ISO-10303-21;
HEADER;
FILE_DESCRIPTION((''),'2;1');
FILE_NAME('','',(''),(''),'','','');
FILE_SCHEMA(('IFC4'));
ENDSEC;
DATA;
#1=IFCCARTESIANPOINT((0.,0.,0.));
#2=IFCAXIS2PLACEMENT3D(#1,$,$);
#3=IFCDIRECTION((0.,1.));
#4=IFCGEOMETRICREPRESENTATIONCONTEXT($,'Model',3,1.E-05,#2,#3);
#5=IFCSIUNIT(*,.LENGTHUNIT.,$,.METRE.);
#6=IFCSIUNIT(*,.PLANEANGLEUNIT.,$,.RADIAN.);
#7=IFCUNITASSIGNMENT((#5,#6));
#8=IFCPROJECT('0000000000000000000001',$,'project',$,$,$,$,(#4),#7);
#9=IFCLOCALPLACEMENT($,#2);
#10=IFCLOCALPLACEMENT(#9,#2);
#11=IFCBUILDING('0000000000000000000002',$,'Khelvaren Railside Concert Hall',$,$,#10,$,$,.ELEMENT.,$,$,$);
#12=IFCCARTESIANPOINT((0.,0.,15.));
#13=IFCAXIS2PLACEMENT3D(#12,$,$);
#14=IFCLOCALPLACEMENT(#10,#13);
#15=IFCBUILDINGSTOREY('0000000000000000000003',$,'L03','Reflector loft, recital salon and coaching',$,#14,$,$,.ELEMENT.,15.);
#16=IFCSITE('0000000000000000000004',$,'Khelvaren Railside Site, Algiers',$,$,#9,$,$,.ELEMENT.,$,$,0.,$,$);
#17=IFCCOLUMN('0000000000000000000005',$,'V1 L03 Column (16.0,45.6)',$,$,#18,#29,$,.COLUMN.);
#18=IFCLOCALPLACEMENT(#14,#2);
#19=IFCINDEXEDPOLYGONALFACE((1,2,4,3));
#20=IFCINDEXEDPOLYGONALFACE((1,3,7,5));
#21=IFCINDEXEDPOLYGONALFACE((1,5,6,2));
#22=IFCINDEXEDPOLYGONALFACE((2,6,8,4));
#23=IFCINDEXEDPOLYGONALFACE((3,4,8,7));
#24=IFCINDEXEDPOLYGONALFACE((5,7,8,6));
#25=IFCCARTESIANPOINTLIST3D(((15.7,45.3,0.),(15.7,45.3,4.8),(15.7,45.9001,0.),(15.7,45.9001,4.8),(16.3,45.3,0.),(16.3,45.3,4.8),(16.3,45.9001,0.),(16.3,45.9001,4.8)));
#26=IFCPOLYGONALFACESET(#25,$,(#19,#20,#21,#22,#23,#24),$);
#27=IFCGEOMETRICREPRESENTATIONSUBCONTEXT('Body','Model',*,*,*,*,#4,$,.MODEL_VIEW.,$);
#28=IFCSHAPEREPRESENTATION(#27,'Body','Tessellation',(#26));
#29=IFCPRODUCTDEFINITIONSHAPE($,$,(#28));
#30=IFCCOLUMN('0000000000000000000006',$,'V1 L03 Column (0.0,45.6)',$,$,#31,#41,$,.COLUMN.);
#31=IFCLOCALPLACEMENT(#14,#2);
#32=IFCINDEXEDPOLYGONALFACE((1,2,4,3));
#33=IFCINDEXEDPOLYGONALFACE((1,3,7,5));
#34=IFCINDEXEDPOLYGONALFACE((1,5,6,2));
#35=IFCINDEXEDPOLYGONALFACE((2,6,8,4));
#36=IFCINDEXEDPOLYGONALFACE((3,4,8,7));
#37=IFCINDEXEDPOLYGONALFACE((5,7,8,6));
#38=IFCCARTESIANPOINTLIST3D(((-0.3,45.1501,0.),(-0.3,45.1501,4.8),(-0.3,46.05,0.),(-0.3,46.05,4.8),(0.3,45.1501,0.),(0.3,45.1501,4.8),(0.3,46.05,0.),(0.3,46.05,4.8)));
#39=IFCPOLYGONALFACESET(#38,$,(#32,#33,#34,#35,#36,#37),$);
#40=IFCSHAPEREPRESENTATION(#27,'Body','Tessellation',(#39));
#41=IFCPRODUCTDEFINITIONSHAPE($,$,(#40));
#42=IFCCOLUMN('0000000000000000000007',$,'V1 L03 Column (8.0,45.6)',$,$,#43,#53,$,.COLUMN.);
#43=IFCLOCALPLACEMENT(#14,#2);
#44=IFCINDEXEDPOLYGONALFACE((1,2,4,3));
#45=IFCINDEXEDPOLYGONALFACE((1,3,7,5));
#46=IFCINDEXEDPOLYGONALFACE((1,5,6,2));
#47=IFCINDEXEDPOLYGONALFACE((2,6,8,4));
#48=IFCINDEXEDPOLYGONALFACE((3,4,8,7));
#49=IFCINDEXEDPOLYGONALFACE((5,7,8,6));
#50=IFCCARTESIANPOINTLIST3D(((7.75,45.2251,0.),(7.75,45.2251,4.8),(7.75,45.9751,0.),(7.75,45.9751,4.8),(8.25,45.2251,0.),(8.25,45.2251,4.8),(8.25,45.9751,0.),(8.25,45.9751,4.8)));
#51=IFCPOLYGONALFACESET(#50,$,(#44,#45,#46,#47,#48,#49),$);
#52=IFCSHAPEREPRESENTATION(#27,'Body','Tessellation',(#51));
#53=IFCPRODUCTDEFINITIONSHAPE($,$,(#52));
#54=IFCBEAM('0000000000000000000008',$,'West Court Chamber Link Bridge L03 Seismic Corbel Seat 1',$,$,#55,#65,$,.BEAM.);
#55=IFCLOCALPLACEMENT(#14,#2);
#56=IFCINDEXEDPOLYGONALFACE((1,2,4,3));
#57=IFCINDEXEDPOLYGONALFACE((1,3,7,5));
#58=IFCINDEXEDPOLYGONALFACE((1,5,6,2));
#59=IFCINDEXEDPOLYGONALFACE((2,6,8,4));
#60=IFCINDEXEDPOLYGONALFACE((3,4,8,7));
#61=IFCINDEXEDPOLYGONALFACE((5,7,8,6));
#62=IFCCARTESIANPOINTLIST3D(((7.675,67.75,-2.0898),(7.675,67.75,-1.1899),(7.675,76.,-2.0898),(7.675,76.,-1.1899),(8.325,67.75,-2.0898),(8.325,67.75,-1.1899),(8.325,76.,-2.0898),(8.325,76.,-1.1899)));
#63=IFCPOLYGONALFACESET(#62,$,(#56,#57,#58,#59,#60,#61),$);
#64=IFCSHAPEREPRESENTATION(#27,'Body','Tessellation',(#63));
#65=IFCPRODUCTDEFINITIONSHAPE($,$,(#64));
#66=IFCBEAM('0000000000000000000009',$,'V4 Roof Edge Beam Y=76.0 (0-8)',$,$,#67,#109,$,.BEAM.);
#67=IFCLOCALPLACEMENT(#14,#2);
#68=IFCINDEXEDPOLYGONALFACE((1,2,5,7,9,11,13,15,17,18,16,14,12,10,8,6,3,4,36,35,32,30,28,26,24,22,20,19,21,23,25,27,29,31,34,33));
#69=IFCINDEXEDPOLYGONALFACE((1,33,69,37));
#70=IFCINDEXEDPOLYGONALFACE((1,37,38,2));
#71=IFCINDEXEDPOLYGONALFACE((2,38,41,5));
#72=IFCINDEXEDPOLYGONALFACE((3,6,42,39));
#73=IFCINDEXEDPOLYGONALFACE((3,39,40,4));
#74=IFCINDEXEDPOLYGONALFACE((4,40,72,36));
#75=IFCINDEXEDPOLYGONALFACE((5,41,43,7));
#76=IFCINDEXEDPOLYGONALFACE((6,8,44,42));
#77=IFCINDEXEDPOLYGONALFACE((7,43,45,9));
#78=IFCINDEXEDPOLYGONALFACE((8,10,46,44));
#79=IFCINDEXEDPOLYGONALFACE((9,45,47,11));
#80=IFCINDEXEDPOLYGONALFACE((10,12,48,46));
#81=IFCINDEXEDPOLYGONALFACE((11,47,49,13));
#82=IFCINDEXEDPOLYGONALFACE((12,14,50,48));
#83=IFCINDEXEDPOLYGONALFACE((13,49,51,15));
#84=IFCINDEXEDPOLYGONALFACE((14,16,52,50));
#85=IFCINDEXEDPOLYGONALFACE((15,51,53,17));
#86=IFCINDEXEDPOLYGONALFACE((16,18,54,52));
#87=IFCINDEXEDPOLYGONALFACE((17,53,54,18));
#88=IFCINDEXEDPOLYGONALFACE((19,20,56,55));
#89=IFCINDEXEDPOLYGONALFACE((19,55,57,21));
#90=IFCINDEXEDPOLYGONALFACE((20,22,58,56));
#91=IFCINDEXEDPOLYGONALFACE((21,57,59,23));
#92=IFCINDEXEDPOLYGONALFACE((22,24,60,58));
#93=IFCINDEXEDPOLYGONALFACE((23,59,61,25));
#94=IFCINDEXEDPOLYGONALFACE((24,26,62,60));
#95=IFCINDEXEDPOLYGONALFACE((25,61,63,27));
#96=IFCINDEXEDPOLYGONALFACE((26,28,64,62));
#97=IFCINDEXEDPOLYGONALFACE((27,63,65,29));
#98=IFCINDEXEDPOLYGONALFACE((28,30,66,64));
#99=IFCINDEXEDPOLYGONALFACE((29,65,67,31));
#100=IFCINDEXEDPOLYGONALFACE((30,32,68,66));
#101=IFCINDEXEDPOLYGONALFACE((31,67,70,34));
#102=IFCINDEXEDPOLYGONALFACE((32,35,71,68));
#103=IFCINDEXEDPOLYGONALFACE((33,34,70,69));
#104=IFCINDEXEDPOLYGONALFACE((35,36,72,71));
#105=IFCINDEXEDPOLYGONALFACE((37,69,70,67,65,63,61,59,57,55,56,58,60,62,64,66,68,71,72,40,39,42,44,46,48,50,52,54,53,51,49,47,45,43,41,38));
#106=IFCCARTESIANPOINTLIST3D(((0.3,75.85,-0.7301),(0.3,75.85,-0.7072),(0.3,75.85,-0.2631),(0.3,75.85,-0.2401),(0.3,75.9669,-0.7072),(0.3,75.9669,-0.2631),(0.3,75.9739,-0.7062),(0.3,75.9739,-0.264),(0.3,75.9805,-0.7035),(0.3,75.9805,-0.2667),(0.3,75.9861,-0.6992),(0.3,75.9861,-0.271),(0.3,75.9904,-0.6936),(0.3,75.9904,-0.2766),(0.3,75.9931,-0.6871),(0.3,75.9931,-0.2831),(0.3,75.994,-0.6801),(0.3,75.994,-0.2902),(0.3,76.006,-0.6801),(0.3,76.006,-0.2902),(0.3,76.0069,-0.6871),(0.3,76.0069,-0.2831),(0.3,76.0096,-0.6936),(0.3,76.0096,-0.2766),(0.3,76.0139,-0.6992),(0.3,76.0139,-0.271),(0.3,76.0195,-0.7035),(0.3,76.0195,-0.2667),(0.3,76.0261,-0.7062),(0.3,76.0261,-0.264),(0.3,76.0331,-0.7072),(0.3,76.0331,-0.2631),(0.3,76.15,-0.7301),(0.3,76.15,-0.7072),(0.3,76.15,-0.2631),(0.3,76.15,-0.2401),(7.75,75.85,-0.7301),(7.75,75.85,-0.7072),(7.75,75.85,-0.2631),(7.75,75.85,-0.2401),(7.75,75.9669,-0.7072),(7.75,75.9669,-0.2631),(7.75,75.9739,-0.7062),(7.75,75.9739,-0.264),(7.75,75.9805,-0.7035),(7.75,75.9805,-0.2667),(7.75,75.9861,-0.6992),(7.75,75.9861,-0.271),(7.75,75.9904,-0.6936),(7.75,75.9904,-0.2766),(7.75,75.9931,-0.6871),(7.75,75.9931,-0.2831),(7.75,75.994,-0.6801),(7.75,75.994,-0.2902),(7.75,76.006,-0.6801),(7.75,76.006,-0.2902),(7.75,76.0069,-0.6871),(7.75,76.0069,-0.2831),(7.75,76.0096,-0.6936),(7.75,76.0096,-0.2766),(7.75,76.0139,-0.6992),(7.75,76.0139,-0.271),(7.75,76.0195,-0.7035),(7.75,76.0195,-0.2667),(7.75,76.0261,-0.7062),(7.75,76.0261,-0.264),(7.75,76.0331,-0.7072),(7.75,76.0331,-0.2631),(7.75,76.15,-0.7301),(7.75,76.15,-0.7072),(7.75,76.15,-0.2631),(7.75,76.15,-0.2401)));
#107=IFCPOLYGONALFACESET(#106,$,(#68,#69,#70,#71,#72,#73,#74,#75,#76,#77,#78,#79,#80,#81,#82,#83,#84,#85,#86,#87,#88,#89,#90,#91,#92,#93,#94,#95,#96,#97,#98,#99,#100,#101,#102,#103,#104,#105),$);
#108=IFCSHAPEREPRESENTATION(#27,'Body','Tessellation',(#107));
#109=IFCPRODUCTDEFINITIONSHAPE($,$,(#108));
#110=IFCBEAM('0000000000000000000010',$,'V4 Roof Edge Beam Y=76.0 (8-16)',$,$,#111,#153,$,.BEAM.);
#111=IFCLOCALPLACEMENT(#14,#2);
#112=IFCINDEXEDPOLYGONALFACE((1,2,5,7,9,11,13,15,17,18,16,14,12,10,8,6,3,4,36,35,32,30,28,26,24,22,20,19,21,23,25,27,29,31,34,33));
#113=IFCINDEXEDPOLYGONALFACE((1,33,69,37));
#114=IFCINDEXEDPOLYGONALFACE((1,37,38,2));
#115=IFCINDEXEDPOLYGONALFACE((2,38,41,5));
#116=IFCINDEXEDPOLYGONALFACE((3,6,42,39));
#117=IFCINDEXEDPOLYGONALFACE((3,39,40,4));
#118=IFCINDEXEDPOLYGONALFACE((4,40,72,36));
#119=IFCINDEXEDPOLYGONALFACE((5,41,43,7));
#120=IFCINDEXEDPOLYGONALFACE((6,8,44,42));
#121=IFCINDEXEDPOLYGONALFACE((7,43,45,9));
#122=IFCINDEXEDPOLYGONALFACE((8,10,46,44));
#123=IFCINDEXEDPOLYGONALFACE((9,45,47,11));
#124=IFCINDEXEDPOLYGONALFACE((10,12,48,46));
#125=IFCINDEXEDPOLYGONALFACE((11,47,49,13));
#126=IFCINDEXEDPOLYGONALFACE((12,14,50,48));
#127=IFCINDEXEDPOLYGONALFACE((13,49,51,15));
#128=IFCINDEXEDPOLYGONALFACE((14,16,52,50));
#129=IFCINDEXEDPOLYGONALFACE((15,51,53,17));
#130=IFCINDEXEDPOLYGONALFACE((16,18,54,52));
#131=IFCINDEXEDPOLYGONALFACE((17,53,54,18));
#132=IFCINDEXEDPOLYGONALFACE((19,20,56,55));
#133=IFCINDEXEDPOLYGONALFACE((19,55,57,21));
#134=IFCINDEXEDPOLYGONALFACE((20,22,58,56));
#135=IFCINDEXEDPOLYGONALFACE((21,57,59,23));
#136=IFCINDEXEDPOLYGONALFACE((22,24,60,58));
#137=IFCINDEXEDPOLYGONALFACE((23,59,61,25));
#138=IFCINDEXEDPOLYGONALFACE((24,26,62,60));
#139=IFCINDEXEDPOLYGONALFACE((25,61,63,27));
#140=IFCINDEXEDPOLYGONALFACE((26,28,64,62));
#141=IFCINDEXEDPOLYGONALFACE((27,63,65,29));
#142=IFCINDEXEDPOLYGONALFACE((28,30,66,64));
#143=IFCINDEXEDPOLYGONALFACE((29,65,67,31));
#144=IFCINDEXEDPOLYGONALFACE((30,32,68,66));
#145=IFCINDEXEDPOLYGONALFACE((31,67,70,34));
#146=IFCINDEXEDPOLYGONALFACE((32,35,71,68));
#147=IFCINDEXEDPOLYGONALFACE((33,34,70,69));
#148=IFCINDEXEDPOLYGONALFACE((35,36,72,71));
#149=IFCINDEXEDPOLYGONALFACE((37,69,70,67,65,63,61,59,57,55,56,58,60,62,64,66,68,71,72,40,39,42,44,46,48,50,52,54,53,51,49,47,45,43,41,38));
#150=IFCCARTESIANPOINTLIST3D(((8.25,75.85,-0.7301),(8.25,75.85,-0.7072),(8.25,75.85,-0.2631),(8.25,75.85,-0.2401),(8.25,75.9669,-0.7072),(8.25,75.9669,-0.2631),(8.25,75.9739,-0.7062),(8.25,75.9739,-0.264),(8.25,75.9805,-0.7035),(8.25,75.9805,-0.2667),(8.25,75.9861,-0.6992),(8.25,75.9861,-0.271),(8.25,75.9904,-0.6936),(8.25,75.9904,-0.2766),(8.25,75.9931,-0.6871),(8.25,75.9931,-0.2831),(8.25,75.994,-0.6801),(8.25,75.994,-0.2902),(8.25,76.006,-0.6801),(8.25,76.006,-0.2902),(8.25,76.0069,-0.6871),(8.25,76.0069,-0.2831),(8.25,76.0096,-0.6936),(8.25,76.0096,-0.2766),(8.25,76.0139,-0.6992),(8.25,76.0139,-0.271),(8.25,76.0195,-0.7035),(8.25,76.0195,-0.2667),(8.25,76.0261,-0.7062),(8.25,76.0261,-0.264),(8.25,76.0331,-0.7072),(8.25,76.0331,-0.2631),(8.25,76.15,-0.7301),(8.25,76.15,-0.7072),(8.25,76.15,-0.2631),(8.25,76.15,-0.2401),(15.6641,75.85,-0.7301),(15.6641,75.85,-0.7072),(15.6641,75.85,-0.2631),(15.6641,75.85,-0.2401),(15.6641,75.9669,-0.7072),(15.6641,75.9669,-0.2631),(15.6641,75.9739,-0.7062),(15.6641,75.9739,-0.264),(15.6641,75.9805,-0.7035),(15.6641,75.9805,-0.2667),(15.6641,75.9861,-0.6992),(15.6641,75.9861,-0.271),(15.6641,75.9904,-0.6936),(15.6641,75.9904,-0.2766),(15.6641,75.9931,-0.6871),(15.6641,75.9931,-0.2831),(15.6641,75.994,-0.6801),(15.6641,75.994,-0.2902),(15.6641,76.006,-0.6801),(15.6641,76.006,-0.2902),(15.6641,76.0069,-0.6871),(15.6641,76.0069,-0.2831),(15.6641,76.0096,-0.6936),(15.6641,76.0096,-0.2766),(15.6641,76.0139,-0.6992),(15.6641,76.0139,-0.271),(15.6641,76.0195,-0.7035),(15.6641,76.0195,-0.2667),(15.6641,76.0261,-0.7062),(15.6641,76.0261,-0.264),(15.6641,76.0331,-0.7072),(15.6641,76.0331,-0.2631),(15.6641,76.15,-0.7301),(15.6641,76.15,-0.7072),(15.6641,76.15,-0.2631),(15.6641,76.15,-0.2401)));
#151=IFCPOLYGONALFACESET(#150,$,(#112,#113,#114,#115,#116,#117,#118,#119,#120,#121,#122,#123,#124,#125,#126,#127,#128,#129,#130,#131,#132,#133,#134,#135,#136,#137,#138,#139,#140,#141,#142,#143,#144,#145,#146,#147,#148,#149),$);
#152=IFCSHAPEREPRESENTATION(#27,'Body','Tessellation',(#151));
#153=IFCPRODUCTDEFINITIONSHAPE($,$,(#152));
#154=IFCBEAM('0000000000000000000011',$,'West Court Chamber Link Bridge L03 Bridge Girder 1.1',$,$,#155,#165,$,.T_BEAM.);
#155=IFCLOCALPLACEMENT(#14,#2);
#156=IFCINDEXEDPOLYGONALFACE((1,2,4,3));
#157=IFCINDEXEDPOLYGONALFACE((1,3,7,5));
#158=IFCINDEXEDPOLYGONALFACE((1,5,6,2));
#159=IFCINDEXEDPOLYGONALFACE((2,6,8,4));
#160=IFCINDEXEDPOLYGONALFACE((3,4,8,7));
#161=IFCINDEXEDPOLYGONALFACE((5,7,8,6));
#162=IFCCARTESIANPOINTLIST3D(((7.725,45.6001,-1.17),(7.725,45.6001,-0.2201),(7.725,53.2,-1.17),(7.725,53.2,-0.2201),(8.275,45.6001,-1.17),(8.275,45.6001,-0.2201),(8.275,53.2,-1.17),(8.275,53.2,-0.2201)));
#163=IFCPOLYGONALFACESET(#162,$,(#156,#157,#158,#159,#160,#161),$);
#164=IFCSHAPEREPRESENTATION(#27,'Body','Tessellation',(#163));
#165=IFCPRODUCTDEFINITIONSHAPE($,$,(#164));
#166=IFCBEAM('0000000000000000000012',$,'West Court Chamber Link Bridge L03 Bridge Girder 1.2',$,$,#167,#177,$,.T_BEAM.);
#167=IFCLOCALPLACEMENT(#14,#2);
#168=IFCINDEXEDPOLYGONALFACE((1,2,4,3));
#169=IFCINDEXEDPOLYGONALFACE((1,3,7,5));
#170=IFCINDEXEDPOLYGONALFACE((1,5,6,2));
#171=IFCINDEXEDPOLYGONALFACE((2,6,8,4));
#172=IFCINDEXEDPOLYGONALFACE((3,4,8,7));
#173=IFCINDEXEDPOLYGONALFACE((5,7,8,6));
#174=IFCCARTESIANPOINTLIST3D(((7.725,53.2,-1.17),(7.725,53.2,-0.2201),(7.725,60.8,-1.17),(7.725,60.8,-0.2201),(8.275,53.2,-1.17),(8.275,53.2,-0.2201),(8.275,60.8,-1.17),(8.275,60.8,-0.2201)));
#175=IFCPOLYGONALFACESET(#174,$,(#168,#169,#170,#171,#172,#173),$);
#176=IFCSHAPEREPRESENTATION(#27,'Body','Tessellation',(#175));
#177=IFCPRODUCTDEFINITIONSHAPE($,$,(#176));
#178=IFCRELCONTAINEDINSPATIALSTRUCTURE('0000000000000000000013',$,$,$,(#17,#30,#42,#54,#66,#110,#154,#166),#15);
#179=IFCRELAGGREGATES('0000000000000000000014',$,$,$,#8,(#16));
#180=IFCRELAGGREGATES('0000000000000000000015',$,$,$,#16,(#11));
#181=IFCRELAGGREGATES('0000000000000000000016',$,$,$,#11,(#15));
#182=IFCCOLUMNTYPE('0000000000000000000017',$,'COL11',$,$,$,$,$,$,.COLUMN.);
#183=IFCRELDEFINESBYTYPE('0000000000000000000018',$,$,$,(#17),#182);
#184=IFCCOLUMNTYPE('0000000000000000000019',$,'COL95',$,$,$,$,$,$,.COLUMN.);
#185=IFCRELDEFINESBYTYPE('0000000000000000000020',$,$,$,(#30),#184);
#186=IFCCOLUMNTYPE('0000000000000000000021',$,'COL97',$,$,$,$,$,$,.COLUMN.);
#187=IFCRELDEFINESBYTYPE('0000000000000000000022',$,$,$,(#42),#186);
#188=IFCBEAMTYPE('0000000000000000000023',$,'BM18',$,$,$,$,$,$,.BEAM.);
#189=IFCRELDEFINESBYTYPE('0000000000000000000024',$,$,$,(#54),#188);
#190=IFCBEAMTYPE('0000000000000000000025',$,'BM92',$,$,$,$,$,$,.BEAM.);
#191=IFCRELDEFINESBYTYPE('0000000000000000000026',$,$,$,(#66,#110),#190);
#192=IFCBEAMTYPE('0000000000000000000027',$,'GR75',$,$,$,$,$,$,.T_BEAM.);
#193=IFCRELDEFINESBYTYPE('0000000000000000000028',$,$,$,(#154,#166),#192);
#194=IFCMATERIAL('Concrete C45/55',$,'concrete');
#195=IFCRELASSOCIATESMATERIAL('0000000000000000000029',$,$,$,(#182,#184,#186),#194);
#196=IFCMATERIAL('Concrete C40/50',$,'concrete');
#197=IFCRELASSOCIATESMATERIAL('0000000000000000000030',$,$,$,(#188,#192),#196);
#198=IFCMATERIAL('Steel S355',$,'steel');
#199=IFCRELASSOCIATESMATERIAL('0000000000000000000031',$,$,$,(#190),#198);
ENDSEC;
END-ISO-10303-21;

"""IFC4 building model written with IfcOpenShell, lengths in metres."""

from ifc_helpers import new_model, si_unit, direction, frame, origin, origin_2d, place, context, subcontext, project, spatial, rectangle, i_section, extrude, material, material_profile, profile_set, type_object, element, save


model = new_model("IFC4")

# Units and contexts
model_context = context("Model", 3, precision=1e-05, world=origin(), true_north=direction((0.0, 1.0)))
body_context = subcontext(model_context, "Body", "Model", "MODEL_VIEW")
ifc_project = project(units=[si_unit("LENGTHUNIT", "METRE"), si_unit("PLANEANGLEUNIT", "RADIAN")], contexts=[model_context])

# Site, building, storey
site_placement = place(None, origin())
site = spatial("IfcSite", under=ifc_project, at=site_placement, Name="Khelvaren Railside Site, Algiers", CompositionType="ELEMENT", RefElevation=0.0)
building_placement = place(site_placement, origin())
building = spatial("IfcBuilding", under=site, at=building_placement, Name="Khelvaren Railside Concert Hall", CompositionType="ELEMENT")
storey_placement = place(building_placement, frame((0.0, 0.0, 15.0)))
storey = spatial("IfcBuildingStorey", under=building, at=storey_placement, Name="L03", Description="Reflector loft, recital salon and coaching", CompositionType="ELEMENT", Elevation=15.0)

# Columns
ifc_material_1 = material(Name="Concrete C45/55", Category="concrete")
ifc_material_profile_1 = material_profile(ifc_material_1, rectangle(XDim=0.6001, YDim=0.6001, at=origin_2d()), Name="RC 600x600")
ifc_profile_set_1 = profile_set([ifc_material_profile_1], Name="Concrete C45/55")
column_type_1 = type_object("IfcColumnType", Name="COL11", PredefinedType="COLUMN", material=ifc_profile_set_1)
column_1_placement = place(storey_placement, frame((16.0, 45.6001, 0.0), z_axis=(0.0, 0.0, 1.0), x_axis=(1.0, 0.0, 0.0)))
element("IfcColumn", 1, at=column_1_placement, inside=storey, type_object=column_type_1, Name="V1 L03 Column (16.0,45.6)", PredefinedType="COLUMN", context=body_context, shape_type="SweptSolid", body=[
    extrude(rectangle(XDim=0.6001, YDim=0.6001, at=origin_2d()), origin(), (0.0, 0.0, 1.0), 4.8),
])
ifc_material_profile_2 = material_profile(ifc_material_1, rectangle(XDim=0.6001, YDim=0.8999, at=origin_2d()), Name="RC 600x900")
ifc_profile_set_2 = profile_set([ifc_material_profile_2], Name="Concrete C45/55")
column_type_2 = type_object("IfcColumnType", Name="COL95", PredefinedType="COLUMN", material=ifc_profile_set_2)
column_2_placement = place(storey_placement, frame((0.0, 45.6001, 0.0), z_axis=(0.0, 0.0, 1.0), x_axis=(1.0, 0.0, 0.0)))
element("IfcColumn", 2, at=column_2_placement, inside=storey, type_object=column_type_2, Name="V1 L03 Column (0.0,45.6)", PredefinedType="COLUMN", context=body_context, shape_type="SweptSolid", body=[
    extrude(rectangle(XDim=0.6001, YDim=0.8999, at=origin_2d()), origin(), (0.0, 0.0, 1.0), 4.8),
])
ifc_material_profile_3 = material_profile(ifc_material_1, rectangle(XDim=0.5, YDim=0.75, at=origin_2d()), Name="RC 500x750")
ifc_profile_set_3 = profile_set([ifc_material_profile_3], Name="Concrete C45/55")
column_type_3 = type_object("IfcColumnType", Name="COL97", PredefinedType="COLUMN", material=ifc_profile_set_3)
column_3_placement = place(storey_placement, frame((8.0, 45.6001, 0.0), z_axis=(0.0, 0.0, 1.0), x_axis=(1.0, 0.0, 0.0)))
element("IfcColumn", 3, at=column_3_placement, inside=storey, type_object=column_type_3, Name="V1 L03 Column (8.0,45.6)", PredefinedType="COLUMN", context=body_context, shape_type="SweptSolid", body=[
    extrude(rectangle(XDim=0.5, YDim=0.75, at=origin_2d()), origin(), (0.0, 0.0, 1.0), 4.8),
])

# Beams
ifc_material_2 = material(Name="Concrete C40/50", Category="concrete")
ifc_material_profile_4 = material_profile(ifc_material_2, rectangle(XDim=0.6499, YDim=0.8999, at=origin_2d()), Name="RCB 650x900")
ifc_profile_set_4 = profile_set([ifc_material_profile_4], Name="Concrete C40/50")
beam_type_1 = type_object("IfcBeamType", Name="BM18", PredefinedType="BEAM", material=ifc_profile_set_4)
beam_1_placement = place(storey_placement, frame((8.0, 67.75, -1.6399), z_axis=(0.0, 1.0, 0.0), x_axis=(-1.0, 0.0, 0.0)))
element("IfcBeam", 4, at=beam_1_placement, inside=storey, type_object=beam_type_1, Name="West Court Chamber Link Bridge L03 Seismic Corbel Seat 1", PredefinedType="BEAM", context=body_context, shape_type="SweptSolid", body=[
    extrude(rectangle(XDim=0.6499, YDim=0.8999, at=origin_2d()), origin(), (0.0, 0.0, 1.0), 8.25),
])
ifc_material_3 = material(Name="Steel S355", Category="steel")
ifc_material_profile_5 = material_profile(ifc_material_3, i_section(OverallWidth=0.3, OverallDepth=0.49, WebThickness=0.012, FlangeThickness=0.0229, FilletRadius=0.0271, at=origin_2d()), Name="HEA 500")
ifc_profile_set_5 = profile_set([ifc_material_profile_5], Name="Steel S355")
beam_type_2 = type_object("IfcBeamType", Name="BM92", PredefinedType="BEAM", material=ifc_profile_set_5)
beam_2_placement = place(storey_placement, frame((0.3, 76.0, -0.4851), z_axis=(1.0, 0.0, 0.0), x_axis=(0.0, 1.0, 0.0)))
element("IfcBeam", 5, at=beam_2_placement, inside=storey, type_object=beam_type_2, Name="V4 Roof Edge Beam Y=76.0 (0-8)", PredefinedType="BEAM", context=body_context, shape_type="SweptSolid", body=[
    extrude(i_section(OverallWidth=0.3, OverallDepth=0.49, WebThickness=0.012, FlangeThickness=0.0229, FilletRadius=0.0271, at=origin_2d()), origin(), (0.0, 0.0, 1.0), 7.45),
])
beam_3_placement = place(storey_placement, frame((8.25, 76.0, -0.4851), z_axis=(1.0, 0.0, 0.0), x_axis=(0.0, 1.0, 0.0)))
element("IfcBeam", 6, at=beam_3_placement, inside=storey, type_object=beam_type_2, Name="V4 Roof Edge Beam Y=76.0 (8-16)", PredefinedType="BEAM", context=body_context, shape_type="SweptSolid", body=[
    extrude(i_section(OverallWidth=0.3, OverallDepth=0.49, WebThickness=0.012, FlangeThickness=0.0229, FilletRadius=0.0271, at=origin_2d()), origin(), (0.0, 0.0, 1.0), 7.4141),
])
ifc_material_profile_6 = material_profile(ifc_material_2, rectangle(XDim=0.55, YDim=0.95, at=origin_2d()), Name="RCB 550x950")
ifc_profile_set_6 = profile_set([ifc_material_profile_6], Name="Concrete C40/50")
beam_type_3 = type_object("IfcBeamType", Name="GR75", PredefinedType="T_BEAM", material=ifc_profile_set_6)
beam_4_placement = place(storey_placement, frame((8.0, 45.6001, -0.6951), z_axis=(0.0, 1.0, 0.0), x_axis=(-1.0, 0.0, 0.0)))
element("IfcBeam", 7, at=beam_4_placement, inside=storey, type_object=beam_type_3, Name="West Court Chamber Link Bridge L03 Bridge Girder 1.1", PredefinedType="T_BEAM", context=body_context, shape_type="SweptSolid", body=[
    extrude(rectangle(XDim=0.55, YDim=0.95, at=origin_2d()), origin(), (0.0, 0.0, 1.0), 7.5999),
])
beam_5_placement = place(storey_placement, frame((8.0, 53.2, -0.6951), z_axis=(0.0, 1.0, 0.0), x_axis=(-1.0, 0.0, 0.0)))
element("IfcBeam", 8, at=beam_5_placement, inside=storey, type_object=beam_type_3, Name="West Court Chamber Link Bridge L03 Bridge Girder 1.2", PredefinedType="T_BEAM", context=body_context, shape_type="SweptSolid", body=[
    extrude(rectangle(XDim=0.55, YDim=0.95, at=origin_2d()), origin(), (0.0, 0.0, 1.0), 7.6001),
])

save(model, "model.ifc")
